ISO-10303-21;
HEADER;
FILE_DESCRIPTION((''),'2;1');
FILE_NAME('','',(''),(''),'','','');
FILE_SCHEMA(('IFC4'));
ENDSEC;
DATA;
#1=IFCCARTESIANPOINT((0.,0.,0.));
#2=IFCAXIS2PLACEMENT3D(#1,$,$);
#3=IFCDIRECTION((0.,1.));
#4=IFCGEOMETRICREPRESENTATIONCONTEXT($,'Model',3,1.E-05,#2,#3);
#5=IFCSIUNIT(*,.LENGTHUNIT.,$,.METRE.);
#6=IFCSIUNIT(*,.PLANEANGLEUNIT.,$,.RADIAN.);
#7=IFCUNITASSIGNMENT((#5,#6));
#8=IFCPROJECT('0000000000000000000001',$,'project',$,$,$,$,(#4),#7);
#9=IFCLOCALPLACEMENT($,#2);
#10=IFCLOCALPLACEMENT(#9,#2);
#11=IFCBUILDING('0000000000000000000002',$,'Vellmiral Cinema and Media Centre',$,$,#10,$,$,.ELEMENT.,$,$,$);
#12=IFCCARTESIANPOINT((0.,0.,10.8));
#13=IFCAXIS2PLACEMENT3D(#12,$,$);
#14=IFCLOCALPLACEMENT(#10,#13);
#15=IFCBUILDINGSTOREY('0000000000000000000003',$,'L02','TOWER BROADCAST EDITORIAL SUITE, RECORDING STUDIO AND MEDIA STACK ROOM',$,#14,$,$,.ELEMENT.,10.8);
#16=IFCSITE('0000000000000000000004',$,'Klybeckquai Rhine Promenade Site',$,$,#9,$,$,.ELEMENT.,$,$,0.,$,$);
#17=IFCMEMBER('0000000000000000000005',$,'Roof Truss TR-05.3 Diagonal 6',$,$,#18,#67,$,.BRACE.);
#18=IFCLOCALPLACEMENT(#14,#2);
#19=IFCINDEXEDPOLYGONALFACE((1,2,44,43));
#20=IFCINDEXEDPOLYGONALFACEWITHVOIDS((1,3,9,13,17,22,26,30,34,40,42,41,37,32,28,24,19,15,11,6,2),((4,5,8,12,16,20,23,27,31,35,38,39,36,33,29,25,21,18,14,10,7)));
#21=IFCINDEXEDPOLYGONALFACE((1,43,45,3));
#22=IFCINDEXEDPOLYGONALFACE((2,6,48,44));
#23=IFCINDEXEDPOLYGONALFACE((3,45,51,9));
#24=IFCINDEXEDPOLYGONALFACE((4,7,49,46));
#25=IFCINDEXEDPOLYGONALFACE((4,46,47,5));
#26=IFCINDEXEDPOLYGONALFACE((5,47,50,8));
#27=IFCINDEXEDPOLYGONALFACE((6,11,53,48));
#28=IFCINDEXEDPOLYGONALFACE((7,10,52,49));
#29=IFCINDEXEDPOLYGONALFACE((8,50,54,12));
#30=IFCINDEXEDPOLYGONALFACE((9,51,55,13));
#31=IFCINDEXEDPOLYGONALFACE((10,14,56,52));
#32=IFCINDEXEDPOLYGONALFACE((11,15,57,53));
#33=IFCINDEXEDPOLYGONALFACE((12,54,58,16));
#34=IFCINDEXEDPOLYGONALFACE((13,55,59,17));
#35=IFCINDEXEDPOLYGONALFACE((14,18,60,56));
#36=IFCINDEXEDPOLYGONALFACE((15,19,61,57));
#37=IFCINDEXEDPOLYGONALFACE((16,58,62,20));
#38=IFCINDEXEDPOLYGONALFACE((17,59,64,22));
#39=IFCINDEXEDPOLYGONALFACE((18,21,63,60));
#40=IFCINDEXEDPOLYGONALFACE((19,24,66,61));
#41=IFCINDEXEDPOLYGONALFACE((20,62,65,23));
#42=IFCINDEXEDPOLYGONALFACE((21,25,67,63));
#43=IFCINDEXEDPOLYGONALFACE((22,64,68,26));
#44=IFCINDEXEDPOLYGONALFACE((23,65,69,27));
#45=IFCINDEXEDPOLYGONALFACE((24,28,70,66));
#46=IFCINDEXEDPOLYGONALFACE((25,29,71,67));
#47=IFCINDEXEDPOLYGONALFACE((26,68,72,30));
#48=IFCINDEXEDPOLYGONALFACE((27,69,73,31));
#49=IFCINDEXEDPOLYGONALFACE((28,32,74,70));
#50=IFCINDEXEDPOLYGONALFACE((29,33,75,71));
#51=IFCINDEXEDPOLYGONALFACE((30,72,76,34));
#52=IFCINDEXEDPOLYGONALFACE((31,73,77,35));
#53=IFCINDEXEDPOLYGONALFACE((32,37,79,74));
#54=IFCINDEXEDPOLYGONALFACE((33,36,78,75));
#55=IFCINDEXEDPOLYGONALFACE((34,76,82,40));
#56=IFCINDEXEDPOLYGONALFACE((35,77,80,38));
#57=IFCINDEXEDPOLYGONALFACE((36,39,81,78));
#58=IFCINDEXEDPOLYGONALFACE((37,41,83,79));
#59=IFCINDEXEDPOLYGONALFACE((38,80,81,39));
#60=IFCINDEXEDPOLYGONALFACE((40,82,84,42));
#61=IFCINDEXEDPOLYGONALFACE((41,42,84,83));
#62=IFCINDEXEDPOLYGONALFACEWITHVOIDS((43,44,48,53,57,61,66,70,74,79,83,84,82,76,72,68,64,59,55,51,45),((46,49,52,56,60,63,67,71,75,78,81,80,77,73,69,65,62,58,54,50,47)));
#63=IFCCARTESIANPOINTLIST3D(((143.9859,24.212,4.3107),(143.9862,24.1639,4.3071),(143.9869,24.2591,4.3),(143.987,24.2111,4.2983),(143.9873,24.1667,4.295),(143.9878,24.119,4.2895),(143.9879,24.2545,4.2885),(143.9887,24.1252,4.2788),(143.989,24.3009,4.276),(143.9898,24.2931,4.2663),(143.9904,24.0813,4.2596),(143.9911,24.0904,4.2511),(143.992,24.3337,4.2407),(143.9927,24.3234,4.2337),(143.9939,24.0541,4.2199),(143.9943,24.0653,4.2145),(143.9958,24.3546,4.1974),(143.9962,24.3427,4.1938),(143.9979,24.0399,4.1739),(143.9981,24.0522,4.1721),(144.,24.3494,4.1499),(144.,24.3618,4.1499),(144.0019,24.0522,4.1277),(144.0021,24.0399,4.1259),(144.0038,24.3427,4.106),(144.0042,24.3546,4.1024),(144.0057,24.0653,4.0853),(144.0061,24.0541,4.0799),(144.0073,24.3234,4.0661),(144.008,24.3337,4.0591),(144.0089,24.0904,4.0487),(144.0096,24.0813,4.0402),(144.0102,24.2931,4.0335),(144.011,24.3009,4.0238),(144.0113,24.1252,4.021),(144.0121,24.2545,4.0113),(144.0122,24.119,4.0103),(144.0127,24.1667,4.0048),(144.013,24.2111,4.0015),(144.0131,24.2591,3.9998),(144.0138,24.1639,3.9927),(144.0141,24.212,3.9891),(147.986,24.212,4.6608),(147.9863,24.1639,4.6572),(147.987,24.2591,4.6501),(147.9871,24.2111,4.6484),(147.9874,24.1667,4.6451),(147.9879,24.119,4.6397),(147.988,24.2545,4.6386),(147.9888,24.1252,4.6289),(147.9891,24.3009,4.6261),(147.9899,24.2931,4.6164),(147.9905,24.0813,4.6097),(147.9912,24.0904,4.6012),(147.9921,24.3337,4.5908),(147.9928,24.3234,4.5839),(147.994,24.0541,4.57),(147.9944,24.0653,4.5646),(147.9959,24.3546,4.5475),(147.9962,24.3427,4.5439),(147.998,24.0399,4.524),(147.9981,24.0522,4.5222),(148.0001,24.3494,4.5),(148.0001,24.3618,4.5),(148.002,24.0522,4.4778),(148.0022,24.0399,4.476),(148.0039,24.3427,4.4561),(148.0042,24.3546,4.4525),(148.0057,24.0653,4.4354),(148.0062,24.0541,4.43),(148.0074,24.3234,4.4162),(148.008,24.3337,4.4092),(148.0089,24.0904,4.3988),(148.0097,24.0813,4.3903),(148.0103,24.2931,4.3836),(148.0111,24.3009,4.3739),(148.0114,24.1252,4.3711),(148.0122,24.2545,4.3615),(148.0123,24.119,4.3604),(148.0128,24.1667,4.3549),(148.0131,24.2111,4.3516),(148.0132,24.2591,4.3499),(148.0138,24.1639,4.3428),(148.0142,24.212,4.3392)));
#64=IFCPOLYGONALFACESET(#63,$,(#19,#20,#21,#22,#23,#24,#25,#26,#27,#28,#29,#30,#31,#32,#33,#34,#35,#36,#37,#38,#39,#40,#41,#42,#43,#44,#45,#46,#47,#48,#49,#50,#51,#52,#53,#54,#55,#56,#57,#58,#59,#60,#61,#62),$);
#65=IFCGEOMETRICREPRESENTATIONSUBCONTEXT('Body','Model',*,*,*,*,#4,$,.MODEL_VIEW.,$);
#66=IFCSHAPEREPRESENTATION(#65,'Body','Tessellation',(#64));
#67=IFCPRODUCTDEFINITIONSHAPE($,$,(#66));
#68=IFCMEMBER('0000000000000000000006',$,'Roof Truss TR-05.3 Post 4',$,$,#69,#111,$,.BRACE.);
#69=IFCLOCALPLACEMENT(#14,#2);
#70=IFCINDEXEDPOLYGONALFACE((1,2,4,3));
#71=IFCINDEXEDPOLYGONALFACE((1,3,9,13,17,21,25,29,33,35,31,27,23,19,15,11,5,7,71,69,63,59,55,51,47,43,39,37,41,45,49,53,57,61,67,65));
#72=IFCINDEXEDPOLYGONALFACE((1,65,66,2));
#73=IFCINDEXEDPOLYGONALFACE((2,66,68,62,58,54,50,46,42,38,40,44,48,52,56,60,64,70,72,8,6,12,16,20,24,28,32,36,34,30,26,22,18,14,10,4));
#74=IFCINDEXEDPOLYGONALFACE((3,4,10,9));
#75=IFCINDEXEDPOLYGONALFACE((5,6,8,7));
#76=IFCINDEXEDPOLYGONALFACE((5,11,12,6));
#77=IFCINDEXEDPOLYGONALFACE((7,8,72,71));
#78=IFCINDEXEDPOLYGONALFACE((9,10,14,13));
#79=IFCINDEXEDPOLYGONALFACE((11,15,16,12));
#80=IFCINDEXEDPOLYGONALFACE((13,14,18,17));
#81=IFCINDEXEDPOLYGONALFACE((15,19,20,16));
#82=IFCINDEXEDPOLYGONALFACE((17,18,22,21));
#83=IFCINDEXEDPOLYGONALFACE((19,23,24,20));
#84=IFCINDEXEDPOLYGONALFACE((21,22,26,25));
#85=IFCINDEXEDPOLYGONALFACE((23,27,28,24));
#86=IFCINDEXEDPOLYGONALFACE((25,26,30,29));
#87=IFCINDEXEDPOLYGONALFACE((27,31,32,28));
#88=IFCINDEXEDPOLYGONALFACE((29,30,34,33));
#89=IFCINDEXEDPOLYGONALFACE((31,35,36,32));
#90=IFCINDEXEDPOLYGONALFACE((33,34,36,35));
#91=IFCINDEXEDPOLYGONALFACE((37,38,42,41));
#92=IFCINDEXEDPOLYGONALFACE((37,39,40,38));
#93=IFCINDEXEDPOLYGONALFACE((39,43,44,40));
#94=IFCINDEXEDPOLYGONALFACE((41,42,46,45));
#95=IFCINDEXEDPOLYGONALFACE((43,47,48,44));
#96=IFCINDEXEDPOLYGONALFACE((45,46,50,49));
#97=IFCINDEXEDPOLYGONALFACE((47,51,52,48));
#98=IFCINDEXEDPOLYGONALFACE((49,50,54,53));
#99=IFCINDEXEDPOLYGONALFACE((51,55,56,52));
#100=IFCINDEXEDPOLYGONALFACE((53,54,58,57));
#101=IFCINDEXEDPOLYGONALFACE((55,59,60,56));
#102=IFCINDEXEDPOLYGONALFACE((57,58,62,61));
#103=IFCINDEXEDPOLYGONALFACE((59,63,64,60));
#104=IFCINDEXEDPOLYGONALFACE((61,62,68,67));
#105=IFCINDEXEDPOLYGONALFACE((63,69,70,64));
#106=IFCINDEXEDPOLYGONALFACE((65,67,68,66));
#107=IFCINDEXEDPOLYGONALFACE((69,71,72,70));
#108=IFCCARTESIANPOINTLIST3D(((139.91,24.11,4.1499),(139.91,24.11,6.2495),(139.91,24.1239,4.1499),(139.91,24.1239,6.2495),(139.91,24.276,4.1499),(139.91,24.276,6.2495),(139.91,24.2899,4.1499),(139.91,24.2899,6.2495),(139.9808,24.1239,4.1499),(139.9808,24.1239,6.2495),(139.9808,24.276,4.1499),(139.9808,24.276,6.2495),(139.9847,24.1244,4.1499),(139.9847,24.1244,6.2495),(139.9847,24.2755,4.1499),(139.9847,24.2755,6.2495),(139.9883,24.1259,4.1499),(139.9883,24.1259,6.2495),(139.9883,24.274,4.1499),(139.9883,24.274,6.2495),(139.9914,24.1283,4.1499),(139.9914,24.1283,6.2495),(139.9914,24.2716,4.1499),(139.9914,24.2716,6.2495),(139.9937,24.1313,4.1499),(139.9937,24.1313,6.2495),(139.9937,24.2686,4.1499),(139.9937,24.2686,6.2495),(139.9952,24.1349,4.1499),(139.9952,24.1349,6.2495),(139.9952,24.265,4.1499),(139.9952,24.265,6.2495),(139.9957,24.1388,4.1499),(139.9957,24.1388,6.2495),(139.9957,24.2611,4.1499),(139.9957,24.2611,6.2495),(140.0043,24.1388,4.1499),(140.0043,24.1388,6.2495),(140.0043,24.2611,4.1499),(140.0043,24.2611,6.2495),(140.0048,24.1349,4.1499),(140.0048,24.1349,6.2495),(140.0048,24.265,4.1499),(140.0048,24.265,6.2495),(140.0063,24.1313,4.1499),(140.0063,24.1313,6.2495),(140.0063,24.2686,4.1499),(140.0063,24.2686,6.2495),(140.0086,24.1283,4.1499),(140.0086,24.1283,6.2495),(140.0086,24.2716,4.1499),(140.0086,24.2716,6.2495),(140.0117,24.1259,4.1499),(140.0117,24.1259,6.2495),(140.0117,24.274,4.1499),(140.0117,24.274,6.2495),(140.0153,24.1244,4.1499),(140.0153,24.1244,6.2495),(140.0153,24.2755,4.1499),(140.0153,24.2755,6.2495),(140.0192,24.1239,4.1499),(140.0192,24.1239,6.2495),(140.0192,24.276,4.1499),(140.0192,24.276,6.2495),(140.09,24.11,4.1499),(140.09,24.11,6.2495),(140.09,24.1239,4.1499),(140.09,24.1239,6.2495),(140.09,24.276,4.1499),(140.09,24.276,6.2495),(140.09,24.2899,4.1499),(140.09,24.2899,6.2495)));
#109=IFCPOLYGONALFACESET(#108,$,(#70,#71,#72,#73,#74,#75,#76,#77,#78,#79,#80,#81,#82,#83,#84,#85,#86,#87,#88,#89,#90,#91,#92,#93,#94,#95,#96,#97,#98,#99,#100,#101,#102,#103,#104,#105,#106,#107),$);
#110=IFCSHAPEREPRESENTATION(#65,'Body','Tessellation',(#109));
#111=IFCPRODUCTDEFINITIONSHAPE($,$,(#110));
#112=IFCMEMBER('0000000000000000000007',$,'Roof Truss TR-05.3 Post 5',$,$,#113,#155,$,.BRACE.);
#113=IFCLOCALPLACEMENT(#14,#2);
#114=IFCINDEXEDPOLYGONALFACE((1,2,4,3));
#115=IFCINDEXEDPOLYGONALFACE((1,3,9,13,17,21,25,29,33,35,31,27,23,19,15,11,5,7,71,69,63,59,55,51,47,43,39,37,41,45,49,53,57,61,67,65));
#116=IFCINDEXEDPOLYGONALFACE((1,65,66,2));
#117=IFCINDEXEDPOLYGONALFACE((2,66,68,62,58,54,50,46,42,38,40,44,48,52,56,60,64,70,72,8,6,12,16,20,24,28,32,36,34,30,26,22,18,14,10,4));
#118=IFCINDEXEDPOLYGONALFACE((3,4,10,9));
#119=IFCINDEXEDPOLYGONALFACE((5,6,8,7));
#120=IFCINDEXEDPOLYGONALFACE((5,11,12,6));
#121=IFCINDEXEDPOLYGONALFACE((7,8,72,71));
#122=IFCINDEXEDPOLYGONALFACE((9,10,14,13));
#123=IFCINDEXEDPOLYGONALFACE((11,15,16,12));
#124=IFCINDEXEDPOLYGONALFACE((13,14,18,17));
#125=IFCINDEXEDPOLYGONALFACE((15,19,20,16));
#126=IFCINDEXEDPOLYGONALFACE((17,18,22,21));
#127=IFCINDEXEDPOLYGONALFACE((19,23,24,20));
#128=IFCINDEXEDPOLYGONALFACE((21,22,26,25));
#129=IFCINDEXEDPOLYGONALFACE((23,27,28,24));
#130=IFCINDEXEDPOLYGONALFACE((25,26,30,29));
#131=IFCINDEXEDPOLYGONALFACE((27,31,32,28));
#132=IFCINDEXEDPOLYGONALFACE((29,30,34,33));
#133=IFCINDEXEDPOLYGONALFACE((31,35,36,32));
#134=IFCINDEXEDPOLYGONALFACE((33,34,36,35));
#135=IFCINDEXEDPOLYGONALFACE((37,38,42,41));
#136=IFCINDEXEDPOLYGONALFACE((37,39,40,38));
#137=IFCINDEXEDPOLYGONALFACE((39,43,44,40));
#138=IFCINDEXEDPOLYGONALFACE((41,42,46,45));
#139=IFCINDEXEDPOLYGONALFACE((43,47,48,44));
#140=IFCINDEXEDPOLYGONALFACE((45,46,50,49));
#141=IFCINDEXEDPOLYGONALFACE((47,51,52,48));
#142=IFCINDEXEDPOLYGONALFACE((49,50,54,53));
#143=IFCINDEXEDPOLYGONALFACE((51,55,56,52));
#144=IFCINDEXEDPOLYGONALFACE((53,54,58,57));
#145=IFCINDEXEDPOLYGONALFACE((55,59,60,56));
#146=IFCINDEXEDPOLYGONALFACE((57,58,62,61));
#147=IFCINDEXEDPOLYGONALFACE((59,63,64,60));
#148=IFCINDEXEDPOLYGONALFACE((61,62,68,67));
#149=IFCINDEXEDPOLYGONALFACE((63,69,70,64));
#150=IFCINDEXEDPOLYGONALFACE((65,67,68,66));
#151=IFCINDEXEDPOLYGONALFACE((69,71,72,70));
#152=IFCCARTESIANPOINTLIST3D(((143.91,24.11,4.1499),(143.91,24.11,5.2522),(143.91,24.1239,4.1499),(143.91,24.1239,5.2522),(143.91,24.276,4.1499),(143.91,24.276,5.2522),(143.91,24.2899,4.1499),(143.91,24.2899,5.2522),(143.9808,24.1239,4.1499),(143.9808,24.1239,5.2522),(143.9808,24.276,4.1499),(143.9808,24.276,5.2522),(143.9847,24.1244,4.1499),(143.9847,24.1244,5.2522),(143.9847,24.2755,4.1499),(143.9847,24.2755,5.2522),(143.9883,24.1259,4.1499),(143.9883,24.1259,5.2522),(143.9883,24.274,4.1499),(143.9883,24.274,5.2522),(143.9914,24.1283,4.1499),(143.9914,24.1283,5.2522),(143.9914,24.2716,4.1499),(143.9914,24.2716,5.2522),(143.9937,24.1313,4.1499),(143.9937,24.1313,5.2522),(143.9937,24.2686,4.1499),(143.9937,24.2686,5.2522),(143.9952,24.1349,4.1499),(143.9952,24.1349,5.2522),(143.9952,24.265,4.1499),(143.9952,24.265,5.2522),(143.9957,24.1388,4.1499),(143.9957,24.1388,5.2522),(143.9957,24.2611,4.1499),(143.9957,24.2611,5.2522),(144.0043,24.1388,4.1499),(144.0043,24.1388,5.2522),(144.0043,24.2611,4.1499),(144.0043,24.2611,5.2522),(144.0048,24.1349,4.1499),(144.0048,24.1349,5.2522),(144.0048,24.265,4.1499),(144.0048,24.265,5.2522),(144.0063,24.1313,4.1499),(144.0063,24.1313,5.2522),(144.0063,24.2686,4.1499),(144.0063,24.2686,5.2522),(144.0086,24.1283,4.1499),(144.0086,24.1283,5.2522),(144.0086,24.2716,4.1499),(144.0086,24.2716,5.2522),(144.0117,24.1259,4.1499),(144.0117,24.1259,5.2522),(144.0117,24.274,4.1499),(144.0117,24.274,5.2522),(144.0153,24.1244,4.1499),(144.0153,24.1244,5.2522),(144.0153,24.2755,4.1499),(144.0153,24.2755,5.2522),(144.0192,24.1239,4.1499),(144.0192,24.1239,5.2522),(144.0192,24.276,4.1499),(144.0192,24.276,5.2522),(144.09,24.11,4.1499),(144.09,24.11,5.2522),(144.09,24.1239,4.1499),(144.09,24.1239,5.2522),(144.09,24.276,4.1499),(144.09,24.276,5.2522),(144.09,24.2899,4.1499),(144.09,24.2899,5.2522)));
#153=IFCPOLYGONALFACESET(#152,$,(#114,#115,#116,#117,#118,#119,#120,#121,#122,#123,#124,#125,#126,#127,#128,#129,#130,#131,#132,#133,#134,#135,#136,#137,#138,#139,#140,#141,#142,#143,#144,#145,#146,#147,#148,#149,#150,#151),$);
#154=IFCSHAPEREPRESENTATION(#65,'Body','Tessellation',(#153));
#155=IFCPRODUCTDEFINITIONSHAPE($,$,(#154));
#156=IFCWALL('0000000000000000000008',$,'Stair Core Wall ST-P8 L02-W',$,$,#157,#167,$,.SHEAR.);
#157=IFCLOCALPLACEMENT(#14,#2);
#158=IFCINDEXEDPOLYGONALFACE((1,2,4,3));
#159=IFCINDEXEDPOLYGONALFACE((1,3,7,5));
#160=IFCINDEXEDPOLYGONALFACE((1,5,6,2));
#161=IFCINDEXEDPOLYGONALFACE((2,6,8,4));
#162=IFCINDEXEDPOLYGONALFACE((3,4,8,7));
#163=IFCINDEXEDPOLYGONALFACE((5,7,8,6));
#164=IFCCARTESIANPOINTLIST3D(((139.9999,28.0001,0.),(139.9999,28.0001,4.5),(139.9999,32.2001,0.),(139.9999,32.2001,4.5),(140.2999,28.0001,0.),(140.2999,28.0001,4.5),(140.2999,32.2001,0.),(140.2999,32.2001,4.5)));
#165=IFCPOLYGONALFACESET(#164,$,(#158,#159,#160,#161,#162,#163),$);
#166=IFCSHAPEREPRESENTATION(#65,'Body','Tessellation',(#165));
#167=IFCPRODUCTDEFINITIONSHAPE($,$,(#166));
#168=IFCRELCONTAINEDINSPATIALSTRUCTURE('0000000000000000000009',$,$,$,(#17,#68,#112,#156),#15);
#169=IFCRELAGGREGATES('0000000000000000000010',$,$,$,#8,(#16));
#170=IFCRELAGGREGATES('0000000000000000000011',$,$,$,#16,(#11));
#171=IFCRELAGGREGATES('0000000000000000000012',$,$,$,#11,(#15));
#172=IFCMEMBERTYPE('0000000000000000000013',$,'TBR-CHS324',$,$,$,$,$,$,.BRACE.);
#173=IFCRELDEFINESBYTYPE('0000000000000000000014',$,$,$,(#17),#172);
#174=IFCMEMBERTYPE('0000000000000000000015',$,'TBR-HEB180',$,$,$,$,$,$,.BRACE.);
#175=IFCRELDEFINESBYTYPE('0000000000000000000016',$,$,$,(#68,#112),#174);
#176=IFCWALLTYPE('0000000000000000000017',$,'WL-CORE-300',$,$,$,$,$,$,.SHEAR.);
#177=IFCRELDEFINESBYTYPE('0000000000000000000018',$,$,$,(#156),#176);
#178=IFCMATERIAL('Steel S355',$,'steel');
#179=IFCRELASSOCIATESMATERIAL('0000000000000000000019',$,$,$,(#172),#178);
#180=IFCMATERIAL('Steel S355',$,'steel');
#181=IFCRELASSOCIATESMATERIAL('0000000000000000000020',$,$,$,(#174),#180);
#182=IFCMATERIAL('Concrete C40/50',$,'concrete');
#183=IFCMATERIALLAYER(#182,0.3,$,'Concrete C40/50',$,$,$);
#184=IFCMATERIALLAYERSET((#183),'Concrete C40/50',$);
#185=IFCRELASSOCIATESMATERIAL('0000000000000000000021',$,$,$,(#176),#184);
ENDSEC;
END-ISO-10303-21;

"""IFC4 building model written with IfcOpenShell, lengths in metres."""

from ifc_helpers import new_model, si_unit, direction, frame, frame_2d, origin, origin_2d, place, context, subcontext, project, spatial, rectangle, hollow_circle, i_section, extrude, material, layer, layer_set, material_profile, profile_set, type_object, element, save


model = new_model("IFC4")

# Units and contexts
model_context = context("Model", 3, precision=1e-05, world=origin(), true_north=direction((0.0, 1.0)))
body_context = subcontext(model_context, "Body", "Model", "MODEL_VIEW")
ifc_project = project(units=[si_unit("LENGTHUNIT", "METRE"), si_unit("PLANEANGLEUNIT", "RADIAN")], contexts=[model_context])

# Site, building, storey
site_placement = place(None, origin())
site = spatial("IfcSite", under=ifc_project, at=site_placement, Name="Klybeckquai Rhine Promenade Site", CompositionType="ELEMENT", RefElevation=0.0)
building_placement = place(site_placement, origin())
building = spatial("IfcBuilding", under=site, at=building_placement, Name="Vellmiral Cinema and Media Centre", CompositionType="ELEMENT")
storey_placement = place(building_placement, frame((0.0, 0.0, 10.8)))
storey = spatial("IfcBuildingStorey", under=building, at=storey_placement, Name="L02", Description="TOWER BROADCAST EDITORIAL SUITE, RECORDING STUDIO AND MEDIA STACK ROOM", CompositionType="ELEMENT", Elevation=10.8)

# Members
ifc_material_1 = material(Name="Steel S355", Category="steel")
ifc_material_profile_1 = material_profile(ifc_material_1, hollow_circle(Radius=0.1619, WallThickness=0.0125, at=origin_2d()), Name="CHS 323.9x12.5")
ifc_profile_set_1 = profile_set([ifc_material_profile_1], Name="Steel S355")
member_type_1 = type_object("IfcMemberType", Name="TBR-CHS324", PredefinedType="BRACE", material=ifc_profile_set_1)
member_1_placement = place(storey_placement, frame((144.0, 24.2, 4.1499), z_axis=(0.996192, 0.0, 0.087191), x_axis=(0.0, 1.0, 0.0)))
element("IfcMember", 1, at=member_1_placement, inside=storey, type_object=member_type_1, Name="Roof Truss TR-05.3 Diagonal 6", PredefinedType="BRACE", context=body_context, shape_type="SweptSolid", body=[
    extrude(hollow_circle(Radius=0.1619, WallThickness=0.0125, at=origin_2d()), origin(), (0.0, 0.0, 1.0), 4.0154),
])
ifc_material_2 = material(Name="Steel S355", Category="steel")
ifc_material_profile_2 = material_profile(ifc_material_2, i_section(OverallWidth=0.1799, OverallDepth=0.1799, WebThickness=0.0085, FlangeThickness=0.0139, FilletRadius=0.0149, at=origin_2d()), Name="HEB 180")
ifc_profile_set_2 = profile_set([ifc_material_profile_2], Name="Steel S355")
member_type_2 = type_object("IfcMemberType", Name="TBR-HEB180", PredefinedType="BRACE", material=ifc_profile_set_2)
member_2_placement = place(storey_placement, frame((140.0, 24.2, 4.1499), z_axis=(0.0, 0.0, 1.0), x_axis=(1.0, 0.0, 0.0)))
element("IfcMember", 2, at=member_2_placement, inside=storey, type_object=member_type_2, Name="Roof Truss TR-05.3 Post 4", PredefinedType="BRACE", context=body_context, shape_type="SweptSolid", body=[
    extrude(i_section(OverallWidth=0.1799, OverallDepth=0.1799, WebThickness=0.0085, FlangeThickness=0.0139, FilletRadius=0.0149, at=origin_2d()), origin(), (0.0, 0.0, 1.0), 2.0996),
])
member_3_placement = place(storey_placement, frame((144.0, 24.2, 4.1499), z_axis=(0.0, 0.0, 1.0), x_axis=(1.0, 0.0, 0.0)))
element("IfcMember", 3, at=member_3_placement, inside=storey, type_object=member_type_2, Name="Roof Truss TR-05.3 Post 5", PredefinedType="BRACE", context=body_context, shape_type="SweptSolid", body=[
    extrude(i_section(OverallWidth=0.1799, OverallDepth=0.1799, WebThickness=0.0085, FlangeThickness=0.0139, FilletRadius=0.0149, at=origin_2d()), origin(), (0.0, 0.0, 1.0), 1.1023),
])

# Wall
ifc_material_3 = material(Name="Concrete C40/50", Category="concrete")
ifc_layer_1 = layer(ifc_material_3, 0.3, Name="Concrete C40/50")
ifc_layer_set_1 = layer_set([ifc_layer_1], Name="Concrete C40/50")
wall_type_1 = type_object("IfcWallType", Name="WL-CORE-300", PredefinedType="SHEAR", material=ifc_layer_set_1)
wall_1_placement = place(storey_placement, frame((140.1499, 28.0, 0.0), z_axis=(0.0, 0.0, 1.0), x_axis=(0.0, 1.0, 0.0)))
element("IfcWall", 4, at=wall_1_placement, inside=storey, type_object=wall_type_1, Name="Stair Core Wall ST-P8 L02-W", PredefinedType="SHEAR", context=body_context, shape_type="SweptSolid", body=[
    extrude(rectangle(XDim=4.2, YDim=0.3, at=frame_2d((2.1001, 0.0))), origin(), (0.0, 0.0, 1.0), 4.5),
])

save(model, "model.ifc")
